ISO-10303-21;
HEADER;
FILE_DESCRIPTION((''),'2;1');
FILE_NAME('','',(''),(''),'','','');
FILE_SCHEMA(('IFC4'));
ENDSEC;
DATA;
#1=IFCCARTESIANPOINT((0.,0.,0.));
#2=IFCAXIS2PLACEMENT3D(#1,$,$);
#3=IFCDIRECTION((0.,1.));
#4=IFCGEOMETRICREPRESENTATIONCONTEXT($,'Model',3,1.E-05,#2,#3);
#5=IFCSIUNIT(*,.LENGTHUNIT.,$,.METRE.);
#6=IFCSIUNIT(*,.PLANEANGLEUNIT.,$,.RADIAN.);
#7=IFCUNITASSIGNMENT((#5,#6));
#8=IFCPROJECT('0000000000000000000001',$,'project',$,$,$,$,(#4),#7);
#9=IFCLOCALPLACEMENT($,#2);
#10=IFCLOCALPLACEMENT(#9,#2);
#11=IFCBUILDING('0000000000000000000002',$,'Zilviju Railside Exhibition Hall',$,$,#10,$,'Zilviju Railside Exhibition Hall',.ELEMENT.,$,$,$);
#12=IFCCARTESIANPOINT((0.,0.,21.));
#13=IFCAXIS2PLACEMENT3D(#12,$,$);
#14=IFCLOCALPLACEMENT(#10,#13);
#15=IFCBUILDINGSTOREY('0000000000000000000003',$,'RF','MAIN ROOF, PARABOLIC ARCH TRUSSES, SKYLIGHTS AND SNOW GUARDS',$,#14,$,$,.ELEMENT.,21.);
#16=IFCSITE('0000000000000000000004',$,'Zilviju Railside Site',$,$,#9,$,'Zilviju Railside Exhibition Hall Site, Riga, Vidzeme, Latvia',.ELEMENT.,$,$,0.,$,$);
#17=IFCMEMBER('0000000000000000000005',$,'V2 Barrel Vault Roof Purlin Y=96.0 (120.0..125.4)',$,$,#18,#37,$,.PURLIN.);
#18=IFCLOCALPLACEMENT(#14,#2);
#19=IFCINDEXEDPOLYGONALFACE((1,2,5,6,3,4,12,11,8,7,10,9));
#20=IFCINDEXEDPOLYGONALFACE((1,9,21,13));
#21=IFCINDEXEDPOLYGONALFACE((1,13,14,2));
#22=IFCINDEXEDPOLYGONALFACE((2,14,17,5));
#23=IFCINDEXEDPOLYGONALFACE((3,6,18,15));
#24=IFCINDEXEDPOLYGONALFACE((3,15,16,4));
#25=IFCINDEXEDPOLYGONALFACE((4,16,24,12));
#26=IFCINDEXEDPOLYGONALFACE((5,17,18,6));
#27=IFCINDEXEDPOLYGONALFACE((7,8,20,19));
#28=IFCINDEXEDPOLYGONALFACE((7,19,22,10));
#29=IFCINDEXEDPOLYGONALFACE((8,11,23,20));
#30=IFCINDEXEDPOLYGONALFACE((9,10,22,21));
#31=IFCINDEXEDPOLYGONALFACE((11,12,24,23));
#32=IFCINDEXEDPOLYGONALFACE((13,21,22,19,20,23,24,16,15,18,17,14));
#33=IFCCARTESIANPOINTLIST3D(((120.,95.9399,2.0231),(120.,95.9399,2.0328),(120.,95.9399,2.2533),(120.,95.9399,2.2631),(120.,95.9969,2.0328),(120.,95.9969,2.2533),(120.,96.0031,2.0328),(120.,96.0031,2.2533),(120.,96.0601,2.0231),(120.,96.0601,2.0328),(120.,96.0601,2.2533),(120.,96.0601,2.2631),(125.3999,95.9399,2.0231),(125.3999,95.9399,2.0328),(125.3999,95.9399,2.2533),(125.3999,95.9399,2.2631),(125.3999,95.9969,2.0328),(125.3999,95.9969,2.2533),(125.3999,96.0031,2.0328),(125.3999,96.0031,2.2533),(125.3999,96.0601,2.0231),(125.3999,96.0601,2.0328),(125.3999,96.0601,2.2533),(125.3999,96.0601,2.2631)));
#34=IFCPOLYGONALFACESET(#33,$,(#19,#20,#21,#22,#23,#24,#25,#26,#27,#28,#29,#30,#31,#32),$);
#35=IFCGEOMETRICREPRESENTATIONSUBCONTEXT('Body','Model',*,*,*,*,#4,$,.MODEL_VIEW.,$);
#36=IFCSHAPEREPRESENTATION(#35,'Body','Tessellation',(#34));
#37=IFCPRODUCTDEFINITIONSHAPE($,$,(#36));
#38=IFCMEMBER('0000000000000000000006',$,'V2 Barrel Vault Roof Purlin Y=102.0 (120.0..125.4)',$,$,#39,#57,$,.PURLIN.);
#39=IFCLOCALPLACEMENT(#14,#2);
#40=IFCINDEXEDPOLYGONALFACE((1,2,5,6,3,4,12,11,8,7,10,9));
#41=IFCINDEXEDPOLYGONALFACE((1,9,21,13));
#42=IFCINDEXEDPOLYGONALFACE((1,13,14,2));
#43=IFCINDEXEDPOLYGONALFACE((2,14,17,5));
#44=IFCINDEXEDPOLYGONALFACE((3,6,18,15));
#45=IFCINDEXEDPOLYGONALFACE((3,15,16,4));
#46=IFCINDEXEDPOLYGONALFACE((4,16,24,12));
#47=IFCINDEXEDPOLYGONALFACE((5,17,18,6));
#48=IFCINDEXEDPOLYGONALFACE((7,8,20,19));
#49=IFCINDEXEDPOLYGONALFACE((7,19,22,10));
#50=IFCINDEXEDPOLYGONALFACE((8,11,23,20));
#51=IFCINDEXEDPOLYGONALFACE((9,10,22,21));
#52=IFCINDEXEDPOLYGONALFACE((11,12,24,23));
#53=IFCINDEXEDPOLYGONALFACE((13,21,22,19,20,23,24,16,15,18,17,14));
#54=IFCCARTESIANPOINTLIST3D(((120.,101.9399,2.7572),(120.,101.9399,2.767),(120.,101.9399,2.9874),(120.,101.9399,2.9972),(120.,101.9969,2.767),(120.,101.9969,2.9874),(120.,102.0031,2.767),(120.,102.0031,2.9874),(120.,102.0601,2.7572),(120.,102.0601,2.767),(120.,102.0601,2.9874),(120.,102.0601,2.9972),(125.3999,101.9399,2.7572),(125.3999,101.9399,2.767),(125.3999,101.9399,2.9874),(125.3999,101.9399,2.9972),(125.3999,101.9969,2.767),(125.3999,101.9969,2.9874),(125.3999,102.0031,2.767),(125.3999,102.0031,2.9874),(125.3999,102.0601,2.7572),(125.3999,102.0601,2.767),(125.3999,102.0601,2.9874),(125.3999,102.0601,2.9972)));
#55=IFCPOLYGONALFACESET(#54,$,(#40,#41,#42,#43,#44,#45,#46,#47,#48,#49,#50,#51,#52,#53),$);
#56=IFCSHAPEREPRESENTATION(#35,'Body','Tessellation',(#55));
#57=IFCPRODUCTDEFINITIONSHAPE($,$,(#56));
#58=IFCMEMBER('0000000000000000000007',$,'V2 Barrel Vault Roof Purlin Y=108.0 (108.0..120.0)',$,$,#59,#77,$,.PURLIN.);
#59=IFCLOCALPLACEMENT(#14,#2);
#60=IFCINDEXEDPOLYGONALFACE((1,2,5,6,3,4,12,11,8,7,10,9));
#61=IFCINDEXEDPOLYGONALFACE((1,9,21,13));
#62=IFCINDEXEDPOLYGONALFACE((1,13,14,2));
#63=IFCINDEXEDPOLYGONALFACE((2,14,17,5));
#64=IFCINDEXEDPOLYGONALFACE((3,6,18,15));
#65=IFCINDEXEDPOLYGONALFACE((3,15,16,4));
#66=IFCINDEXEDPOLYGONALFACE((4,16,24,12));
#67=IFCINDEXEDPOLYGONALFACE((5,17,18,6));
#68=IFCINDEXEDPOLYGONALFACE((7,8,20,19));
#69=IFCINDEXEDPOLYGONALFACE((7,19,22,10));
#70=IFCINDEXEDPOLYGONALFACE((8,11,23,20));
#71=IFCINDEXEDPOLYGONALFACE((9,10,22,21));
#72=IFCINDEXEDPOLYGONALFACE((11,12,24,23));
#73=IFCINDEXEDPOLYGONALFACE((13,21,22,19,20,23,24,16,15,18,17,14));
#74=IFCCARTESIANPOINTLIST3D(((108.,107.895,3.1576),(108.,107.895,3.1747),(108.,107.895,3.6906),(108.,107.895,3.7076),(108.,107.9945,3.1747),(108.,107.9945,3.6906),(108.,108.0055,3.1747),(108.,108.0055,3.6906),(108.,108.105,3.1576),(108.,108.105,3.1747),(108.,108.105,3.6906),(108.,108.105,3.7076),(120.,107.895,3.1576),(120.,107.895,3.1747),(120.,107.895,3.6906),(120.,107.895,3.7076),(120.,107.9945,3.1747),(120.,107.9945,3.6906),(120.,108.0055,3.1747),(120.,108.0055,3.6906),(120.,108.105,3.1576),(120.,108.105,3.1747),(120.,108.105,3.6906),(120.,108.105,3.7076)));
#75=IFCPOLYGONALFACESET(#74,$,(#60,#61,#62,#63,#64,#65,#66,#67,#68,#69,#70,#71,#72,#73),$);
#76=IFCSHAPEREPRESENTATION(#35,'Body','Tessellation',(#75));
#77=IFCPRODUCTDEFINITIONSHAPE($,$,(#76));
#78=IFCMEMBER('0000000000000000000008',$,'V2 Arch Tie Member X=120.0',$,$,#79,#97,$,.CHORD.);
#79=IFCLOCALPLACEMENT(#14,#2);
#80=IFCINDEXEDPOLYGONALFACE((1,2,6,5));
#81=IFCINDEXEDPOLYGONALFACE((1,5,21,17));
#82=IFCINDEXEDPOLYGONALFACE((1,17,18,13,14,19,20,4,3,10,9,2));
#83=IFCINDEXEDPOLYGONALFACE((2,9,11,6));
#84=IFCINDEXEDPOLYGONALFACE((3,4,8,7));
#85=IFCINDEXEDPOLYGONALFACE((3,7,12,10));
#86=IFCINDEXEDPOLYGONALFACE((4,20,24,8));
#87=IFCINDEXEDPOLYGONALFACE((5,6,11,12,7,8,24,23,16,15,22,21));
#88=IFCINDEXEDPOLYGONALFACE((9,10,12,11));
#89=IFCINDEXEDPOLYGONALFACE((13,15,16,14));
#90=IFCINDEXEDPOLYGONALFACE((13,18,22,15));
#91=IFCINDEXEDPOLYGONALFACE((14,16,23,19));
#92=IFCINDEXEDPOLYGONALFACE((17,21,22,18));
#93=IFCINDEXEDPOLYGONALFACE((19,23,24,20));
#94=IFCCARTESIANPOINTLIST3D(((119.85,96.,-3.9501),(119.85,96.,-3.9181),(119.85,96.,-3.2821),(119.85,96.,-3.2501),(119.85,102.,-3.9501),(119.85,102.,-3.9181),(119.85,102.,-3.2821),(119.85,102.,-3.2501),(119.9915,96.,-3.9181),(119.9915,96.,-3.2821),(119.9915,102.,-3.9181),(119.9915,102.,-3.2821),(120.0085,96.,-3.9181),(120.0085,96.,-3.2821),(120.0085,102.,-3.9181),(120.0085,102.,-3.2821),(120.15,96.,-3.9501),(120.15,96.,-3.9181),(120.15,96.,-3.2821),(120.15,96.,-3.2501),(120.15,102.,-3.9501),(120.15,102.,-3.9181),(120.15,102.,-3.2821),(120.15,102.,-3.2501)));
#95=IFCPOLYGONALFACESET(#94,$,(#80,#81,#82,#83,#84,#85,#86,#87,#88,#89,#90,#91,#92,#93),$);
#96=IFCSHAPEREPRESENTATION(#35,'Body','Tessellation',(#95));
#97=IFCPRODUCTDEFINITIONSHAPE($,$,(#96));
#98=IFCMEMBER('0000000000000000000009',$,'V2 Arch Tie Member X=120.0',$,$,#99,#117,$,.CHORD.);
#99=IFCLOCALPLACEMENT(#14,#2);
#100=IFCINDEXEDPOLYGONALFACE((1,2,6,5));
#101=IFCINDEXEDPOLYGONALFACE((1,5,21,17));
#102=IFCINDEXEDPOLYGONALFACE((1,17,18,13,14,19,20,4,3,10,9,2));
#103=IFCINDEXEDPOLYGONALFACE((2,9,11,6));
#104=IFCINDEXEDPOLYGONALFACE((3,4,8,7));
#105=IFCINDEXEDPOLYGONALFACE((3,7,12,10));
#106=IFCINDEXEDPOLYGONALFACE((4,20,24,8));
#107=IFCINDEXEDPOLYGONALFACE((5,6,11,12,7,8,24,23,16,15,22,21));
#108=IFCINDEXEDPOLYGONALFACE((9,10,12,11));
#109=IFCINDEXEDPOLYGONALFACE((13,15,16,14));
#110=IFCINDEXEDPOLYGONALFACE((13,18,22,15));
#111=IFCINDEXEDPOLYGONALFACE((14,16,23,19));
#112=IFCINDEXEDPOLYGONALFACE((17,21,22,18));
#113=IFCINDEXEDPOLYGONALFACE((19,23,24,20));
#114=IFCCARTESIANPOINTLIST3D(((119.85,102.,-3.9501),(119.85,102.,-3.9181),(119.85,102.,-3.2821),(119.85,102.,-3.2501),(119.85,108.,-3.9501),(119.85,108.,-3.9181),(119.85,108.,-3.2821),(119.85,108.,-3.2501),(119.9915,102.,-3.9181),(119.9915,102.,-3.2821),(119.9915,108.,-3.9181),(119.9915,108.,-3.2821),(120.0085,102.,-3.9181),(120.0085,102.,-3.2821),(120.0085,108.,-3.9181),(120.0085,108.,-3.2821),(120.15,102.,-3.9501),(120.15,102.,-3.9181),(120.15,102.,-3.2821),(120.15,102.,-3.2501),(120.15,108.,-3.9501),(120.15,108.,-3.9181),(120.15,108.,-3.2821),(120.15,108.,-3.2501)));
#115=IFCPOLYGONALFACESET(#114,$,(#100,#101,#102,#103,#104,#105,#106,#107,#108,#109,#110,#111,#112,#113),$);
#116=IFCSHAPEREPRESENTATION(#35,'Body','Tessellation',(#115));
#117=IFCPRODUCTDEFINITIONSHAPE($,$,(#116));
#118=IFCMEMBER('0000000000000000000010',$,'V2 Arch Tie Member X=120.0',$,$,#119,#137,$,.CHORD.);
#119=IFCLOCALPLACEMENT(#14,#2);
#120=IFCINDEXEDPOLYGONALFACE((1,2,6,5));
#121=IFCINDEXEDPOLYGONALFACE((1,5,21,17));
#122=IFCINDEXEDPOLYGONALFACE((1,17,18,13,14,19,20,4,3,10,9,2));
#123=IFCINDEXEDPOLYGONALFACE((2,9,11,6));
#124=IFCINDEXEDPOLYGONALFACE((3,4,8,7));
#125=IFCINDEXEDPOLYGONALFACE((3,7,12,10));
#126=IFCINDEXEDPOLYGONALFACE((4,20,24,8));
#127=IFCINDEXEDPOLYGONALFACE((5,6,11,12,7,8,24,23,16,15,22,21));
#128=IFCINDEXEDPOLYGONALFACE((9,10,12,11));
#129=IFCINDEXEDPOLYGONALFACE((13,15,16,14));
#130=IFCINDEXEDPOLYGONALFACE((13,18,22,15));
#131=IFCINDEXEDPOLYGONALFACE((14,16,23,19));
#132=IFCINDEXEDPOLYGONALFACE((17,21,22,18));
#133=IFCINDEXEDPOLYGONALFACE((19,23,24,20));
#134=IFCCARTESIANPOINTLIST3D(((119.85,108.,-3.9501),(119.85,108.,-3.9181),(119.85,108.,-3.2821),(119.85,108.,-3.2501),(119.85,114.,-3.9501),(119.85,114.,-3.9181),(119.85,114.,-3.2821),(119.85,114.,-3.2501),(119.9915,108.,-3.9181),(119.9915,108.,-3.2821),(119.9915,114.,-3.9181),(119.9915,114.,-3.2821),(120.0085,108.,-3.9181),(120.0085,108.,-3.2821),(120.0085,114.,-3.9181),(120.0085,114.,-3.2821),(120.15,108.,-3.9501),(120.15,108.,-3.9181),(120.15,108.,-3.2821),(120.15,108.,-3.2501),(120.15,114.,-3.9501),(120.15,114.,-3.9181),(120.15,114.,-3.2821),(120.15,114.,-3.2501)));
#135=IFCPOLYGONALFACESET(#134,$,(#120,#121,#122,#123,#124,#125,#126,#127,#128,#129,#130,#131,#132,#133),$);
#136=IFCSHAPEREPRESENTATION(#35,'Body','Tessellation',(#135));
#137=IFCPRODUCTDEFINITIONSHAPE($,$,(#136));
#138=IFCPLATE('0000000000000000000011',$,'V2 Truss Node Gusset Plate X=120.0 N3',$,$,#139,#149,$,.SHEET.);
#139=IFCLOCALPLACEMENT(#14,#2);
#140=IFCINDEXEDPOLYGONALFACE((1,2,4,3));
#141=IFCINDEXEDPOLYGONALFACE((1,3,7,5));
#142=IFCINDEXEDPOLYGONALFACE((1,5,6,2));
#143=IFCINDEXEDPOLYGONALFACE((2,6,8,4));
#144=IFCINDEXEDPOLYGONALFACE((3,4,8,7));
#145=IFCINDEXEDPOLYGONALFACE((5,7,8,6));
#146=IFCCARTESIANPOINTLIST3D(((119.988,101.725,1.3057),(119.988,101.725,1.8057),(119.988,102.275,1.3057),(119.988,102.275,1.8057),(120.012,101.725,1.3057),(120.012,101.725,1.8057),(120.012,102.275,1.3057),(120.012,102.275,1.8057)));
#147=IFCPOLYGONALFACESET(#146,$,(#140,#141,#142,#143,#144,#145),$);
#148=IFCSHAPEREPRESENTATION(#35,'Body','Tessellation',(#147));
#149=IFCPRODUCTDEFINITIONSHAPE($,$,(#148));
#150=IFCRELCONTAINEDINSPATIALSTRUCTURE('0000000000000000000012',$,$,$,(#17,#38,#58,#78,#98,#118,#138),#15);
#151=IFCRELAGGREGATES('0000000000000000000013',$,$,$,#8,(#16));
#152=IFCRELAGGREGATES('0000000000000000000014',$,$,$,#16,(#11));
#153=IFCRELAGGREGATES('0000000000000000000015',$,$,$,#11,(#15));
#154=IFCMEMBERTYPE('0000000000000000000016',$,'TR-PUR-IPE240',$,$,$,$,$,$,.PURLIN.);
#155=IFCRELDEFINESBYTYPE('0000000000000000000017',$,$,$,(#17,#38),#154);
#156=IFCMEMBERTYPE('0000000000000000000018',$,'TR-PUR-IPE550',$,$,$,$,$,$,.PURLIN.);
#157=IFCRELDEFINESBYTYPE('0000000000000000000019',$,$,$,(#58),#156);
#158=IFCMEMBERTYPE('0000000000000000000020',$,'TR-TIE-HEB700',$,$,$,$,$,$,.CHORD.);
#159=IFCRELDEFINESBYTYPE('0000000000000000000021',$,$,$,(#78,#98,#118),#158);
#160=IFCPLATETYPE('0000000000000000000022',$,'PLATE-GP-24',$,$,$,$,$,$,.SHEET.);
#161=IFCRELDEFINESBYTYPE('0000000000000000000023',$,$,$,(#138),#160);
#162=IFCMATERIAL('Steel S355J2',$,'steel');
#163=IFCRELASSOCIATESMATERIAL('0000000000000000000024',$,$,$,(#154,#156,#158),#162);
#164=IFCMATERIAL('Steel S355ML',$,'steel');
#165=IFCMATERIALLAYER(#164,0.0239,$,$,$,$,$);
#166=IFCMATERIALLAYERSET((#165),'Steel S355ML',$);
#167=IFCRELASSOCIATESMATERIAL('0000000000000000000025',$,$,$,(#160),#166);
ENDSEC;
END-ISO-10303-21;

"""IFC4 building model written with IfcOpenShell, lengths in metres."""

from ifc_helpers import new_model, si_unit, direction, frame, origin, origin_2d, place, context, subcontext, project, spatial, rectangle, i_section, extrude, material, layer, layer_set, material_profile, profile_set, type_object, element, save


model = new_model("IFC4")

# Units and contexts
model_context = context("Model", 3, precision=1e-05, world=origin(), true_north=direction((0.0, 1.0)))
body_context = subcontext(model_context, "Body", "Model", "MODEL_VIEW")
ifc_project = project(units=[si_unit("LENGTHUNIT", "METRE"), si_unit("PLANEANGLEUNIT", "RADIAN")], contexts=[model_context])

# Site, building, storey
site_placement = place(None, origin())
site = spatial("IfcSite", under=ifc_project, at=site_placement, Name="Zilviju Railside Site", LongName="Zilviju Railside Exhibition Hall Site, Riga, Vidzeme, Latvia", CompositionType="ELEMENT", RefElevation=0.0)
building_placement = place(site_placement, origin())
building = spatial("IfcBuilding", under=site, at=building_placement, Name="Zilviju Railside Exhibition Hall", LongName="Zilviju Railside Exhibition Hall", CompositionType="ELEMENT")
storey_placement = place(building_placement, frame((0.0, 0.0, 21.0)))
storey = spatial("IfcBuildingStorey", under=building, at=storey_placement, Name="RF", Description="MAIN ROOF, PARABOLIC ARCH TRUSSES, SKYLIGHTS AND SNOW GUARDS", CompositionType="ELEMENT", Elevation=21.0)

# Members
ifc_material_1 = material(Name="Steel S355J2", Category="steel")
ifc_material_profile_1 = material_profile(ifc_material_1, i_section(OverallWidth=0.1201, OverallDepth=0.24, WebThickness=0.0061, FlangeThickness=0.0098, at=origin_2d()), Name="IPE 240")
ifc_profile_set_1 = profile_set([ifc_material_profile_1], Name="Steel S355J2")
member_type_1 = type_object("IfcMemberType", Name="TR-PUR-IPE240", PredefinedType="PURLIN", material=ifc_profile_set_1)
for number, where, z_axis, x_axis, name in (
    (1, (120.0, 96.0, 2.1431), (1.0, 0.0, 0.0), (0.0, 1.0, 0.0), "V2 Barrel Vault Roof Purlin Y=96.0 (120.0..125.4)"),
    (2, (120.0, 102.0, 2.8772), (1.0, 0.0, 0.0), (0.0, 1.0, 0.0), "V2 Barrel Vault Roof Purlin Y=102.0 (120.0..125.4)"),
):
    element("IfcMember", number, at=place(storey_placement, frame(where, z_axis=z_axis, x_axis=x_axis)), inside=storey, type_object=member_type_1, Name=name, PredefinedType="PURLIN", context=body_context, shape_type="SweptSolid", body=[
        extrude(i_section(OverallWidth=0.1201, OverallDepth=0.24, WebThickness=0.0061, FlangeThickness=0.0098, at=origin_2d()), origin(), (0.0, 0.0, 1.0), 5.3999),
    ])
ifc_material_profile_2 = material_profile(ifc_material_1, i_section(OverallWidth=0.21, OverallDepth=0.55, WebThickness=0.011, FlangeThickness=0.0171, at=origin_2d()), Name="IPE 550")
ifc_profile_set_2 = profile_set([ifc_material_profile_2], Name="Steel S355J2")
member_type_2 = type_object("IfcMemberType", Name="TR-PUR-IPE550", PredefinedType="PURLIN", material=ifc_profile_set_2)
member_1_placement = place(storey_placement, frame((108.0, 108.0, 3.4326), z_axis=(1.0, 0.0, 0.0), x_axis=(0.0, 1.0, 0.0)))
element("IfcMember", 3, at=member_1_placement, inside=storey, type_object=member_type_2, Name="V2 Barrel Vault Roof Purlin Y=108.0 (108.0..120.0)", PredefinedType="PURLIN", context=body_context, shape_type="SweptSolid", body=[
    extrude(i_section(OverallWidth=0.21, OverallDepth=0.55, WebThickness=0.011, FlangeThickness=0.0171, at=origin_2d()), origin(), (0.0, 0.0, 1.0), 12.0),
])
ifc_material_profile_3 = material_profile(ifc_material_1, i_section(OverallWidth=0.3, OverallDepth=0.7, WebThickness=0.0171, FlangeThickness=0.032, at=origin_2d()), Name="HEB 700")
ifc_profile_set_3 = profile_set([ifc_material_profile_3], Name="Steel S355J2")
member_type_3 = type_object("IfcMemberType", Name="TR-TIE-HEB700", PredefinedType="CHORD", material=ifc_profile_set_3)
for number, where, z_axis, x_axis, name in (
    (4, (120.0, 96.0, -3.6001), (0.0, 1.0, 0.0), (-1.0, 0.0, 0.0), "V2 Arch Tie Member X=120.0"),
    (5, (120.0, 102.0, -3.6001), (0.0, 1.0, 0.0), (-1.0, 0.0, 0.0), "V2 Arch Tie Member X=120.0"),
    (6, (120.0, 108.0, -3.6001), (0.0, 1.0, 0.0), (-1.0, 0.0, 0.0), "V2 Arch Tie Member X=120.0"),
):
    element("IfcMember", number, at=place(storey_placement, frame(where, z_axis=z_axis, x_axis=x_axis)), inside=storey, type_object=member_type_3, Name=name, PredefinedType="CHORD", context=body_context, shape_type="SweptSolid", body=[
        extrude(i_section(OverallWidth=0.3, OverallDepth=0.7, WebThickness=0.0171, FlangeThickness=0.032, at=origin_2d()), origin(), (0.0, 0.0, 1.0), 6.0),
    ])

# Plate
ifc_material_2 = material(Name="Steel S355ML", Category="steel")
ifc_layer = layer(ifc_material_2, 0.0239)
ifc_layer_set = layer_set([ifc_layer], Name="Steel S355ML")
plate_type = type_object("IfcPlateType", Name="PLATE-GP-24", PredefinedType="SHEET", material=ifc_layer_set)
plate_placement = place(storey_placement, frame((120.0, 102.0, 1.3057), z_axis=(0.0, 0.0, 1.0), x_axis=(1.0, 0.0, 0.0)))
element("IfcPlate", 7, at=plate_placement, inside=storey, type_object=plate_type, Name="V2 Truss Node Gusset Plate X=120.0 N3", PredefinedType="SHEET", context=body_context, shape_type="SweptSolid", body=[
    extrude(rectangle(XDim=0.0239, YDim=0.55, at=origin_2d()), origin(), (0.0, 0.0, 1.0), 0.5),
])

save(model, "model.ifc")
